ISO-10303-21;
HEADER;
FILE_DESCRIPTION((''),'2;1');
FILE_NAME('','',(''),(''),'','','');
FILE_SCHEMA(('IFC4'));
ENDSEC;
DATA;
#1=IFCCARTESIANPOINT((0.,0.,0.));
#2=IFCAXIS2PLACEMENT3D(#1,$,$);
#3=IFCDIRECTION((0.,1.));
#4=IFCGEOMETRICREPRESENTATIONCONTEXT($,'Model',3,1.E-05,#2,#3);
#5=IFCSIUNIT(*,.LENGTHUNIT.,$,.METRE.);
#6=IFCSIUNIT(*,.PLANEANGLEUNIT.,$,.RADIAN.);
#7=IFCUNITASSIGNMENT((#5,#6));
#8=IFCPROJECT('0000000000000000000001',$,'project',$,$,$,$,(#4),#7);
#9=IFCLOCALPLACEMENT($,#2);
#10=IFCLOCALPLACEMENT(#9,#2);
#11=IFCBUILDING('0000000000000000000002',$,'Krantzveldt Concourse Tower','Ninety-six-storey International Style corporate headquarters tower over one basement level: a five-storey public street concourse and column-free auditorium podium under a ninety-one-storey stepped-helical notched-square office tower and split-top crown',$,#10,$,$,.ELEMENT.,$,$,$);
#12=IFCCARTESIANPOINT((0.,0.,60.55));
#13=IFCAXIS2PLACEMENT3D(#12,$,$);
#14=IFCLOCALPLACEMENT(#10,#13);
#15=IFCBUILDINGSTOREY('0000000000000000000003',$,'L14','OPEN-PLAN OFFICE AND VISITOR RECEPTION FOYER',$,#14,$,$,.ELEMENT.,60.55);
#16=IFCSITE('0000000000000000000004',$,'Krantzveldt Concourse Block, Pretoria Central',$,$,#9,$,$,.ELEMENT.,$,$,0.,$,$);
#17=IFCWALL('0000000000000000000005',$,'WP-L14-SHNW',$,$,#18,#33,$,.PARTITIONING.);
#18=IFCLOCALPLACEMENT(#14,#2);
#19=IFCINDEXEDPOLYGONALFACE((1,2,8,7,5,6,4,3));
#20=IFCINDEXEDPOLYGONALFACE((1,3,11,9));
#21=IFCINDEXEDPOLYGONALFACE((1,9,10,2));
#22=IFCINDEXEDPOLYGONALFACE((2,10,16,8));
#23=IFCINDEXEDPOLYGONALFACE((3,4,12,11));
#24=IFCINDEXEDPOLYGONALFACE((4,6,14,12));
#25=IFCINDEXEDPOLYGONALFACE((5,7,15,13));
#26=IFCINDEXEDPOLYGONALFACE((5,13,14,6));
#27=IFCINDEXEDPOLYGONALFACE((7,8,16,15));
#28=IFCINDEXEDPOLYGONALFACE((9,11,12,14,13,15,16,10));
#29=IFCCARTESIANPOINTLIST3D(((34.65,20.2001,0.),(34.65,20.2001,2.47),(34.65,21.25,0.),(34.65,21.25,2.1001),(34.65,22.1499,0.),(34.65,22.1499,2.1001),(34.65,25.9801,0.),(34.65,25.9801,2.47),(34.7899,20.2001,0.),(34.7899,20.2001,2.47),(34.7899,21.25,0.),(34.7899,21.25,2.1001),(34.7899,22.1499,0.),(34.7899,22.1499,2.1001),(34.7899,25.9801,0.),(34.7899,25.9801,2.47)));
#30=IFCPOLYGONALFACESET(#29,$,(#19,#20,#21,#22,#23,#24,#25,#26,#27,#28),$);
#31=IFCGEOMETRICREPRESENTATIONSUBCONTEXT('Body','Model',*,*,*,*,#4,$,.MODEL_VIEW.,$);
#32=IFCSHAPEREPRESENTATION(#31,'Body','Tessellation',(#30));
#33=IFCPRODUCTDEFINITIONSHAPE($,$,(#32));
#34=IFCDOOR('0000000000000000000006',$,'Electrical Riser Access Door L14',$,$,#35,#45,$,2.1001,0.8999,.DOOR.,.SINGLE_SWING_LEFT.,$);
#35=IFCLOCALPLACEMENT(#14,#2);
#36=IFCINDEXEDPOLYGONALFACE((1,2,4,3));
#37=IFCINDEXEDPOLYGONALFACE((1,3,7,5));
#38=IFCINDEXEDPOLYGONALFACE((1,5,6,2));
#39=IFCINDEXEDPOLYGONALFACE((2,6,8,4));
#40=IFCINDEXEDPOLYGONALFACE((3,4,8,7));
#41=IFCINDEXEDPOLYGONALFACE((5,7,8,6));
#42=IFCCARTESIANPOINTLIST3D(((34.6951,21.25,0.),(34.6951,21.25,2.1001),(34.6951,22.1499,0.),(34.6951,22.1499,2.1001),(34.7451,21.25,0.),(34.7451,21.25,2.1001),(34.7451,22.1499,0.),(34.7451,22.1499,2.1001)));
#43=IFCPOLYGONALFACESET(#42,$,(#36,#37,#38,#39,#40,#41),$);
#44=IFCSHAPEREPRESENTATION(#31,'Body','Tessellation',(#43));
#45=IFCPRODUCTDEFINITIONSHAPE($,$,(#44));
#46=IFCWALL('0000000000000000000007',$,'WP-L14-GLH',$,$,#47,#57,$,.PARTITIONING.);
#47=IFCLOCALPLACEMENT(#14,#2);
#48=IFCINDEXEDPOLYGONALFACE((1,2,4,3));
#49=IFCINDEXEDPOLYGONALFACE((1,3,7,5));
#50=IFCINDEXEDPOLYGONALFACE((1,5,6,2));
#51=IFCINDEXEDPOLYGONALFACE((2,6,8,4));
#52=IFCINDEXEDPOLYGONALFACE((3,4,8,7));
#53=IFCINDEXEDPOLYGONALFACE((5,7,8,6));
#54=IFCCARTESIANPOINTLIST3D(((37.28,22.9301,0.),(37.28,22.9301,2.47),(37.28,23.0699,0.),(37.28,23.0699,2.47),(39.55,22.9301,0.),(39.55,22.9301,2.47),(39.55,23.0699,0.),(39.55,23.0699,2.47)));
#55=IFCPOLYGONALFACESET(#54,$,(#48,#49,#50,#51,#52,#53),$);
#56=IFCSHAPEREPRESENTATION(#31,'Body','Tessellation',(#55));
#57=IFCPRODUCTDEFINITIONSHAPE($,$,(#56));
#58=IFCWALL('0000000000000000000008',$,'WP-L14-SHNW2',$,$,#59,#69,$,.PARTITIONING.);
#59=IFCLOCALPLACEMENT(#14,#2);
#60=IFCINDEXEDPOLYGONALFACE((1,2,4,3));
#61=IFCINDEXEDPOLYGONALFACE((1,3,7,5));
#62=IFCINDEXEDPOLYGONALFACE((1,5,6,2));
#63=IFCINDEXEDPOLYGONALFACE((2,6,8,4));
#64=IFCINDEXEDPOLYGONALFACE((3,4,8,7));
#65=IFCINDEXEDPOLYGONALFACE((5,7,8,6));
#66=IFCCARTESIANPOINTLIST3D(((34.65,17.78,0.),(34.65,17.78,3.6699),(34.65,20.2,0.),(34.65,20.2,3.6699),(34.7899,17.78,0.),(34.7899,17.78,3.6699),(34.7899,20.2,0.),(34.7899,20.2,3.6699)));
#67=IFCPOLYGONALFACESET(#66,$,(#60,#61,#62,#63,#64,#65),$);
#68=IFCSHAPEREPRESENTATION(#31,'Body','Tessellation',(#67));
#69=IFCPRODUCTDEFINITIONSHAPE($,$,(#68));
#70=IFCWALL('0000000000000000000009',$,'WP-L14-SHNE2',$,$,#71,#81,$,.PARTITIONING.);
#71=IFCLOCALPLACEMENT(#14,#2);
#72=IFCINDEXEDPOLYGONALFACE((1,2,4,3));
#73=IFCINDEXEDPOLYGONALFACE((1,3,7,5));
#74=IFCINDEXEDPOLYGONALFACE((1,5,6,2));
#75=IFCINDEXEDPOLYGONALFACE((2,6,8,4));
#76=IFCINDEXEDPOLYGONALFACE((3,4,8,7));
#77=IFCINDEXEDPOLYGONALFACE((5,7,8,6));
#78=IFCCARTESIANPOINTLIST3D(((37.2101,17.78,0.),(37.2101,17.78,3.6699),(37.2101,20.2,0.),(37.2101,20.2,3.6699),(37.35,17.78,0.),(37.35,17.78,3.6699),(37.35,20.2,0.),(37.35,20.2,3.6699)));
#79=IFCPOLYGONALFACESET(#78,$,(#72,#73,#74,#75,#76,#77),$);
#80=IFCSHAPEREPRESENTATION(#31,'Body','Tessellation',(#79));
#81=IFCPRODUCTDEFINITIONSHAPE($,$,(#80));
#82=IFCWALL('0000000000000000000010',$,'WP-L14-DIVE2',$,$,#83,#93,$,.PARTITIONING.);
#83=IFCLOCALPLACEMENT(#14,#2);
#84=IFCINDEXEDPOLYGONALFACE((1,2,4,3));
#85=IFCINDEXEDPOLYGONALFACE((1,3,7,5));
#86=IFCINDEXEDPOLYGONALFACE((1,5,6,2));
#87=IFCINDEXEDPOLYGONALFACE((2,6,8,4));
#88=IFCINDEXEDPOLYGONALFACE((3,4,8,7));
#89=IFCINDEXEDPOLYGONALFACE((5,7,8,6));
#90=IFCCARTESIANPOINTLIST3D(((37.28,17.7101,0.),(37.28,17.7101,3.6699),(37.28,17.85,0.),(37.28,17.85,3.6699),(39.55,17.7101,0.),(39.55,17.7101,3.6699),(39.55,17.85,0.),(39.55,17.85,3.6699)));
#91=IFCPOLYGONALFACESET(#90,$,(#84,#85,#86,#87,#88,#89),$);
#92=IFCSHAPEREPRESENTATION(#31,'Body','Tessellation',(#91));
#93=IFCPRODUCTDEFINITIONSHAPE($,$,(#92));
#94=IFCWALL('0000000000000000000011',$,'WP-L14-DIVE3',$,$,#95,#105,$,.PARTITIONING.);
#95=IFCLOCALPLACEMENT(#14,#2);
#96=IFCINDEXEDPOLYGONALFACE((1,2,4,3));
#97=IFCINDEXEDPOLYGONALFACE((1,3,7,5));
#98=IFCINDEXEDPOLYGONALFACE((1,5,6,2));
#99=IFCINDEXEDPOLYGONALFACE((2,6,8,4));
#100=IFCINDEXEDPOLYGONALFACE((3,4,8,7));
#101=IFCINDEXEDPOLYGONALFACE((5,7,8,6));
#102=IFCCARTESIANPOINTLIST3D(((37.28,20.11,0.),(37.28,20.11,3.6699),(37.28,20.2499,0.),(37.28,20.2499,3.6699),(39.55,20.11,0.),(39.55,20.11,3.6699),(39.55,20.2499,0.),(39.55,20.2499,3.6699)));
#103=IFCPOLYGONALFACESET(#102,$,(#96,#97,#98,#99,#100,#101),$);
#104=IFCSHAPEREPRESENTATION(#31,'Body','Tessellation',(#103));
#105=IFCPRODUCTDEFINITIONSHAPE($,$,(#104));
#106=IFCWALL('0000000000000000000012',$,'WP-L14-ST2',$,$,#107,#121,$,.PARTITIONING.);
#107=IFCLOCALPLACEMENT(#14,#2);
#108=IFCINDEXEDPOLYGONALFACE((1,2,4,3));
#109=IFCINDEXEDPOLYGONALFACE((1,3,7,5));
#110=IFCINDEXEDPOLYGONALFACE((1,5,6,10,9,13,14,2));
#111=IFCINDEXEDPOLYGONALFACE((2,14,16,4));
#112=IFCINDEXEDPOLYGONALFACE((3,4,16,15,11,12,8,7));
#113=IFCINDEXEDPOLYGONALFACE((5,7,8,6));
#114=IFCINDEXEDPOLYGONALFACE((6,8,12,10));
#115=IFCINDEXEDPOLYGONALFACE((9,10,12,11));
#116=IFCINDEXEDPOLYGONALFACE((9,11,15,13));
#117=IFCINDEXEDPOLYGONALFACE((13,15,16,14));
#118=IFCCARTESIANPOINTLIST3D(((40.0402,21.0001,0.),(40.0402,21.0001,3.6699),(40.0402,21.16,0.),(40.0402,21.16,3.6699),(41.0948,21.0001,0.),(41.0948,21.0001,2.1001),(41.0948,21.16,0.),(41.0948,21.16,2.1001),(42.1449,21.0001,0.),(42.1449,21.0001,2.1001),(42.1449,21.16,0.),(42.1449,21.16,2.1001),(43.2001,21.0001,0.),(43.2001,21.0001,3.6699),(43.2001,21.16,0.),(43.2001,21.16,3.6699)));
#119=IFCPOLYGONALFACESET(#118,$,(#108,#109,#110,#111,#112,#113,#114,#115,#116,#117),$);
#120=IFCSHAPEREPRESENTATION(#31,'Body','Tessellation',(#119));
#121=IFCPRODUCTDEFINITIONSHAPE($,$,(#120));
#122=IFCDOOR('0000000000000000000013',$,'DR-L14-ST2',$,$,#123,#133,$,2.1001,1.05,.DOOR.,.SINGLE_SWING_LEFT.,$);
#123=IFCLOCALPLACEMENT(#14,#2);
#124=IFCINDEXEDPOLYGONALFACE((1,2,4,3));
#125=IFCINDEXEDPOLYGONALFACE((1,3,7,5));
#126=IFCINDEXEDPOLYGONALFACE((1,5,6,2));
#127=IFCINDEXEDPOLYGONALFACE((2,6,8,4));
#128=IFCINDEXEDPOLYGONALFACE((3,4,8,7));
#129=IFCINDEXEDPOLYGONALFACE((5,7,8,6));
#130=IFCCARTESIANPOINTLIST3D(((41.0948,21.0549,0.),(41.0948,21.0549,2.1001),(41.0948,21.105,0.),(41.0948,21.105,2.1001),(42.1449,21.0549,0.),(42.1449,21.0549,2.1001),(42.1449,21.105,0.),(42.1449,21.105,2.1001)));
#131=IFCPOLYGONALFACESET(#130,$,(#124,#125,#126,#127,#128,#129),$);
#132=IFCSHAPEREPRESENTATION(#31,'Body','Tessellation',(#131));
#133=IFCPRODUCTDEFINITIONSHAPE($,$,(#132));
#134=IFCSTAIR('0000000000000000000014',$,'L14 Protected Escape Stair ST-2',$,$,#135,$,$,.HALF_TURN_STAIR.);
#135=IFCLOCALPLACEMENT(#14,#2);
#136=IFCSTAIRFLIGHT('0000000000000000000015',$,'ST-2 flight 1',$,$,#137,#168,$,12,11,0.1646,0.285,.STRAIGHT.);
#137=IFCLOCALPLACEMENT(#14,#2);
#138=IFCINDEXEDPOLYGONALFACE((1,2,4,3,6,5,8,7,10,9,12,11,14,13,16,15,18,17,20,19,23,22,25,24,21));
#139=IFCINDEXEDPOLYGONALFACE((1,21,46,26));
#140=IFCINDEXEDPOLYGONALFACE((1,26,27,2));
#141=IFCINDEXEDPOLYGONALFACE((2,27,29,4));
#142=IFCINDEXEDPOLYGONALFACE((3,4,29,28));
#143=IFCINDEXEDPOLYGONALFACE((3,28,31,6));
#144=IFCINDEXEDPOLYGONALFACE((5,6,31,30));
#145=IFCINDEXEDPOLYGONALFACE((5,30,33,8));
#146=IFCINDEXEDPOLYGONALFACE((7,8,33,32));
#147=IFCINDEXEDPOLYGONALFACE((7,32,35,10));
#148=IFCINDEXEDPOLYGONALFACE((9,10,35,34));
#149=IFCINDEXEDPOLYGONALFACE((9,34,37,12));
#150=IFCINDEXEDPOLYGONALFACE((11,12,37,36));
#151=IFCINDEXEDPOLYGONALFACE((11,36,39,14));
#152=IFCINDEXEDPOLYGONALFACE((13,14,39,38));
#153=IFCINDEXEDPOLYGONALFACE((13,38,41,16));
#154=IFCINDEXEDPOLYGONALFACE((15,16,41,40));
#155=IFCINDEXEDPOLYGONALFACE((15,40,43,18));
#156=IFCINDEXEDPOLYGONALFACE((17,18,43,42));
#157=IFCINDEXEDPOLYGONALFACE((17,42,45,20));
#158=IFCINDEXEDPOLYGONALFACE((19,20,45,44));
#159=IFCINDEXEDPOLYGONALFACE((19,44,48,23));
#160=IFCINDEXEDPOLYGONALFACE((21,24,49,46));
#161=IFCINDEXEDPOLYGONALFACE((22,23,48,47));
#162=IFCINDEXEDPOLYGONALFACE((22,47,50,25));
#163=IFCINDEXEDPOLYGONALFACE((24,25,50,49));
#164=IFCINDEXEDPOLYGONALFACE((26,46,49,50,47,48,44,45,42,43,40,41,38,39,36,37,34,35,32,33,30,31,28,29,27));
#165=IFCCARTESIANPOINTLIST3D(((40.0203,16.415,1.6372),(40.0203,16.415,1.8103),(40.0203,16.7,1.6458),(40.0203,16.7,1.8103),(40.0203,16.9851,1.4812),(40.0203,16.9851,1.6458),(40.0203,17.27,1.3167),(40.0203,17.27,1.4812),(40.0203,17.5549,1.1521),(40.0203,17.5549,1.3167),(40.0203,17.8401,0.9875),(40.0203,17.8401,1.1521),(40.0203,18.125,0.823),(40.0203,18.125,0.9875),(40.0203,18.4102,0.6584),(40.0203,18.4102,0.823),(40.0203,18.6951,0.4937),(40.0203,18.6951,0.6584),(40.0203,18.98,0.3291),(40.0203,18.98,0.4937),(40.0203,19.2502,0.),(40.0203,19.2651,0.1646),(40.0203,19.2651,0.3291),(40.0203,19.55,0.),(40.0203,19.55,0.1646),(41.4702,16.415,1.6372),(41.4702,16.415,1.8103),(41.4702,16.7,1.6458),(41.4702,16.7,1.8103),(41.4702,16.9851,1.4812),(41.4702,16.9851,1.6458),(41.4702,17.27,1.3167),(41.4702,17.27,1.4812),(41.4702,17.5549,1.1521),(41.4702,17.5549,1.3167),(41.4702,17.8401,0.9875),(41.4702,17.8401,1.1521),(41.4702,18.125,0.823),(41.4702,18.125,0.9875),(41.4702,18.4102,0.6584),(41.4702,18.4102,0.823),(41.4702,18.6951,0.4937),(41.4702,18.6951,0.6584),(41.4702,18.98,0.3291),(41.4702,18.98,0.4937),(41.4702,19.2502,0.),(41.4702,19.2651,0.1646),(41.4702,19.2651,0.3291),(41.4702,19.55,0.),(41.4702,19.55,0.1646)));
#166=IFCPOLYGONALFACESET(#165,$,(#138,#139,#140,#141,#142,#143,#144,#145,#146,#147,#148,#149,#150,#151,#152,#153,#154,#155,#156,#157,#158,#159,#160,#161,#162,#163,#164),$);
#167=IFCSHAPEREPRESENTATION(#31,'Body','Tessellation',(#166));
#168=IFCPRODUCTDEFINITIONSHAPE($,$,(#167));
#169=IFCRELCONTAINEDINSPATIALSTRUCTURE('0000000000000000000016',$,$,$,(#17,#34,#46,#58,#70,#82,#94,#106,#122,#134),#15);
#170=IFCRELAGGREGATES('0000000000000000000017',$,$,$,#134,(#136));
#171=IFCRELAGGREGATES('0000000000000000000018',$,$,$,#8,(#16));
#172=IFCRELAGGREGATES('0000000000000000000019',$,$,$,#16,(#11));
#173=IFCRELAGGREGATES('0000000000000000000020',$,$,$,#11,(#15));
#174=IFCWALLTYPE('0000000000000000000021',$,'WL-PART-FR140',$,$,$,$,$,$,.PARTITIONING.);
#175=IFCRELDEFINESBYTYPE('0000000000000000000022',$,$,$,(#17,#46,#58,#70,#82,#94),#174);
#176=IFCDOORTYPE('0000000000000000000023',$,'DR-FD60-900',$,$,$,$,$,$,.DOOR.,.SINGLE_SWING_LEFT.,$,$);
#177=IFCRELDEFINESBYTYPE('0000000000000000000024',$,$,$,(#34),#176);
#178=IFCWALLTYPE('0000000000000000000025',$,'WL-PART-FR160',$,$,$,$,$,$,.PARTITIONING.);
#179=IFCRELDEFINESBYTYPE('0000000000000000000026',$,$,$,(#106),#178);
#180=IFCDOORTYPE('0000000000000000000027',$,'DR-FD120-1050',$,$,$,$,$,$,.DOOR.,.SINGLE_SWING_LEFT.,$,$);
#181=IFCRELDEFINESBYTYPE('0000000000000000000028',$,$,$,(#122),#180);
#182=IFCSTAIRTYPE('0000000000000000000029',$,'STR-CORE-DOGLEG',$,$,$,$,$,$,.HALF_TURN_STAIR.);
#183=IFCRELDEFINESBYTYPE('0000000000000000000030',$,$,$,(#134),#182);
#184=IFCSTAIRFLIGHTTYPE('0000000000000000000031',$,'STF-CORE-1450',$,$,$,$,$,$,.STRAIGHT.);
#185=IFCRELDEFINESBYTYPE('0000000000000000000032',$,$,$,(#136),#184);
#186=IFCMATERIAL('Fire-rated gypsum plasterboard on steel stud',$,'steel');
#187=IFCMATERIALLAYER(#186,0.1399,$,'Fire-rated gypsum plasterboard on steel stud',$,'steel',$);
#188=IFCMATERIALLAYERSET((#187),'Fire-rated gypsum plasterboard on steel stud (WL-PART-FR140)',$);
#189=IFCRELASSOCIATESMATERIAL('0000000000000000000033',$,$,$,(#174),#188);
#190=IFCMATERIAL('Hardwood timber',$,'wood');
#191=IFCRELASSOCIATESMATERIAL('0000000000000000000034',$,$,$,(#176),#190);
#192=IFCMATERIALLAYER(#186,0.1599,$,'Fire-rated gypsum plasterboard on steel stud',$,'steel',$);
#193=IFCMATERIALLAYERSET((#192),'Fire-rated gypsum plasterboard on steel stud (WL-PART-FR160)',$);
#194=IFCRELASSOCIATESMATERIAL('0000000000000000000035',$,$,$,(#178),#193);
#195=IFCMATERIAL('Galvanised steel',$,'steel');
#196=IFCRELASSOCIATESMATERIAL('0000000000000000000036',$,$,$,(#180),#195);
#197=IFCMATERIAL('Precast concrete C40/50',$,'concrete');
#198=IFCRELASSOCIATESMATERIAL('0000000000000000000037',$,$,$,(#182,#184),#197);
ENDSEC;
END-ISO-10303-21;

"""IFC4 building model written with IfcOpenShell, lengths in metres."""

from ifc_helpers import new_model, si_unit, direction, frame, frame_2d, origin, place, context, subcontext, project, spatial, polyline, rectangle, outline, extrude, material, layer, layer_set, type_object, element, fill, aggregate, save


model = new_model("IFC4")

# Units and contexts
model_context = context("Model", 3, precision=1e-05, world=origin(), true_north=direction((0.0, 1.0)))
body_context = subcontext(model_context, "Body", "Model", "MODEL_VIEW")
ifc_project = project(units=[si_unit("LENGTHUNIT", "METRE"), si_unit("PLANEANGLEUNIT", "RADIAN")], contexts=[model_context])

# Site, building, storey
site_placement = place(None, origin())
site = spatial("IfcSite", under=ifc_project, at=site_placement, Name="Krantzveldt Concourse Block, Pretoria Central", CompositionType="ELEMENT", RefElevation=0.0)
building_placement = place(site_placement, origin())
building = spatial("IfcBuilding", under=site, at=building_placement, Name="Krantzveldt Concourse Tower", Description="Ninety-six-storey International Style corporate headquarters tower over one basement level: a five-storey public street concourse and column-free auditorium podium under a ninety-one-storey stepped-helical notched-square office tower and split-top crown", CompositionType="ELEMENT")
storey_placement = place(building_placement, frame((0.0, 0.0, 60.55)))
storey = spatial("IfcBuildingStorey", under=building, at=storey_placement, Name="L14", Description="OPEN-PLAN OFFICE AND VISITOR RECEPTION FOYER", CompositionType="ELEMENT", Elevation=60.55)

# Wall, opening, door
ifc_material_1 = material(Name="Fire-rated gypsum plasterboard on steel stud", Category="steel")
ifc_layer_1 = layer(ifc_material_1, 0.1399, Name="Fire-rated gypsum plasterboard on steel stud", Category="steel")
ifc_layer_set_1 = layer_set([ifc_layer_1], Name="Fire-rated gypsum plasterboard on steel stud (WL-PART-FR140)")
wall_type_1 = type_object("IfcWallType", Name="WL-PART-FR140", PredefinedType="PARTITIONING", material=ifc_layer_set_1)
wall_1_placement = place(storey_placement, frame((34.72, 20.2, 0.0), z_axis=(0.0, 0.0, 1.0), x_axis=(0.0, 1.0, 0.0)))
wall_1 = element("IfcWall", 1, at=wall_1_placement, inside=storey, type_object=wall_type_1, Name="WP-L14-SHNW", PredefinedType="PARTITIONING", context=body_context, shape_type="SweptSolid", body=[
    extrude(rectangle(XDim=5.78, YDim=0.1399, at=frame_2d((2.8901, 0.0))), origin(), (0.0, 0.0, 1.0), 2.47),
])
opening_1_placement = place(wall_1_placement, frame((1.05, 0.0, 0.0)))
opening_1 = element("IfcOpeningElement", 2, at=opening_1_placement, cuts=wall_1, PredefinedType="OPENING", context=body_context, shape_type="SweptSolid", body=[
    extrude(rectangle(XDim=0.8999, YDim=2.1001, at=frame_2d((0.45, 1.05))), frame((0.0, 0.0801, 0.0), z_axis=(0.0, -1.0, 0.0), x_axis=(1.0, 0.0, 0.0)), (0.0, 0.0, 1.0), 0.1599),
])
ifc_material_2 = material(Name="Hardwood timber", Category="wood")
door_type_1 = type_object("IfcDoorType", Name="DR-FD60-900", OperationType="SINGLE_SWING_LEFT", PredefinedType="DOOR", material=ifc_material_2)
door_1_placement = place(opening_1_placement, origin())
door_1 = element("IfcDoor", 3, at=door_1_placement, inside=storey, type_object=door_type_1, Name="Electrical Riser Access Door L14", OperationType="SINGLE_SWING_LEFT", OverallHeight=2.1001, OverallWidth=0.8999, PredefinedType="DOOR", context=body_context, shape_type="SweptSolid", body=[
    extrude(rectangle(XDim=0.8999, YDim=2.1001, at=frame_2d((0.45, 1.05))), frame((0.0, 0.0249, 0.0), z_axis=(0.0, -1.0, 0.0), x_axis=(1.0, 0.0, 0.0)), (0.0, 0.0, 1.0), 0.05),
])
fill(opening_1, door_1)

# Walls
wall_2_placement = place(storey_placement, frame((37.28, 23.0, 0.0), z_axis=(0.0, 0.0, 1.0), x_axis=(1.0, 0.0, 0.0)))
element("IfcWall", 4, at=wall_2_placement, inside=storey, type_object=wall_type_1, Name="WP-L14-GLH", PredefinedType="PARTITIONING", context=body_context, shape_type="SweptSolid", body=[
    extrude(rectangle(XDim=2.27, YDim=0.1399, at=frame_2d((1.135, 0.0))), origin(), (0.0, 0.0, 1.0), 2.47),
])
for number, where, z_axis, x_axis, name in (
    (5, (34.72, 17.78, 0.0), (0.0, 0.0, 1.0), (0.0, 1.0, 0.0), "WP-L14-SHNW2"),
    (6, (37.28, 17.78, 0.0), (0.0, 0.0, 1.0), (0.0, 1.0, 0.0), "WP-L14-SHNE2"),
):
    element("IfcWall", number, at=place(storey_placement, frame(where, z_axis=z_axis, x_axis=x_axis)), inside=storey, type_object=wall_type_1, Name=name, PredefinedType="PARTITIONING", context=body_context, shape_type="SweptSolid", body=[
        extrude(rectangle(XDim=2.4199, YDim=0.1399, at=frame_2d((1.21, 0.0))), origin(), (0.0, 0.0, 1.0), 3.6699),
    ])
for number, where, z_axis, x_axis, name in (
    (7, (37.28, 17.78, 0.0), (0.0, 0.0, 1.0), (1.0, 0.0, 0.0), "WP-L14-DIVE2"),
    (8, (37.28, 20.1799, 0.0), (0.0, 0.0, 1.0), (1.0, 0.0, 0.0), "WP-L14-DIVE3"),
):
    element("IfcWall", number, at=place(storey_placement, frame(where, z_axis=z_axis, x_axis=x_axis)), inside=storey, type_object=wall_type_1, Name=name, PredefinedType="PARTITIONING", context=body_context, shape_type="SweptSolid", body=[
        extrude(rectangle(XDim=2.27, YDim=0.1399, at=frame_2d((1.135, 0.0))), origin(), (0.0, 0.0, 1.0), 3.6699),
    ])

# Wall, opening, door
ifc_layer_2 = layer(ifc_material_1, 0.1599, Name="Fire-rated gypsum plasterboard on steel stud", Category="steel")
ifc_layer_set_2 = layer_set([ifc_layer_2], Name="Fire-rated gypsum plasterboard on steel stud (WL-PART-FR160)")
wall_type_2 = type_object("IfcWallType", Name="WL-PART-FR160", PredefinedType="PARTITIONING", material=ifc_layer_set_2)
wall_3_placement = place(storey_placement, frame((40.04, 21.0801, 0.0), z_axis=(0.0, 0.0, 1.0), x_axis=(1.0, 0.0, 0.0)))
wall_3 = element("IfcWall", 9, at=wall_3_placement, inside=storey, type_object=wall_type_2, Name="WP-L14-ST2", PredefinedType="PARTITIONING", context=body_context, shape_type="SweptSolid", body=[
    extrude(rectangle(XDim=3.1599, YDim=0.1599, at=frame_2d((1.5801, 0.0))), origin(), (0.0, 0.0, 1.0), 3.6699),
])
opening_2_placement = place(wall_3_placement, frame((1.0549, 0.0, 0.0)))
opening_2 = element("IfcOpeningElement", 10, at=opening_2_placement, cuts=wall_3, PredefinedType="OPENING", context=body_context, shape_type="SweptSolid", body=[
    extrude(rectangle(XDim=1.05, YDim=2.1001, at=frame_2d((0.5249, 1.05))), frame((0.0, 0.0898, 0.0), z_axis=(0.0, -1.0, 0.0), x_axis=(1.0, 0.0, 0.0)), (0.0, 0.0, 1.0), 0.1799),
])
ifc_material_3 = material(Name="Galvanised steel", Category="steel")
door_type_2 = type_object("IfcDoorType", Name="DR-FD120-1050", OperationType="SINGLE_SWING_LEFT", PredefinedType="DOOR", material=ifc_material_3)
door_2_placement = place(opening_2_placement, origin())
door_2 = element("IfcDoor", 11, at=door_2_placement, inside=storey, type_object=door_type_2, Name="DR-L14-ST2", OperationType="SINGLE_SWING_LEFT", OverallHeight=2.1001, OverallWidth=1.05, PredefinedType="DOOR", context=body_context, shape_type="SweptSolid", body=[
    extrude(rectangle(XDim=1.05, YDim=2.1001, at=frame_2d((0.5249, 1.05))), frame((0.0, 0.0249, 0.0), z_axis=(0.0, -1.0, 0.0), x_axis=(1.0, 0.0, 0.0)), (0.0, 0.0, 1.0), 0.05),
])
fill(opening_2, door_2)

# Stair, stair flight
ifc_material_4 = material(Name="Precast concrete C40/50", Category="concrete")
stair_type = type_object("IfcStairType", Name="STR-CORE-DOGLEG", PredefinedType="HALF_TURN_STAIR", material=ifc_material_4)
stair_placement = place(storey_placement, origin())
stair = element("IfcStair", 12, at=stair_placement, inside=storey, type_object=stair_type, Name="L14 Protected Escape Stair ST-2", PredefinedType="HALF_TURN_STAIR")
stair_flight_type = type_object("IfcStairFlightType", Name="STF-CORE-1450", PredefinedType="STRAIGHT", material=ifc_material_4)
stair_flight_1_placement = place(storey_placement, frame((40.7451, 19.55, 0.0), z_axis=(0.0, 0.0, 1.0), x_axis=(0.0, -1.0, 0.0)))
stair_flight_1 = element("IfcStairFlight", 13, at=stair_flight_1_placement, type_object=stair_flight_type, Name="ST-2 flight 1", NumberOfRisers=12, NumberOfTreads=11, PredefinedType="STRAIGHT", RiserHeight=0.1646, TreadLength=0.285, context=body_context, shape_type="SweptSolid", body=[
    extrude(outline(polyline([(0.0, 0.0), (0.0, 0.1646), (0.2849, 0.1646), (0.2849, 0.3291), (0.5701, 0.3291), (0.5701, 0.4937), (0.855, 0.4937), (0.855, 0.6584), (1.1399, 0.6584), (1.1399, 0.823), (1.425, 0.823), (1.425, 0.9875), (1.71, 0.9875), (1.71, 1.1521), (1.9951, 1.1521), (1.9951, 1.3167), (2.28, 1.3167), (2.28, 1.4812), (2.5649, 1.4812), (2.5649, 1.6458), (2.8501, 1.6458), (2.8501, 1.8103), (3.135, 1.8103), (3.135, 1.9751), (3.135, 1.6372), (0.2998, 0.0), (0.0, 0.0)])), frame((0.0, 0.7251, 0.0), z_axis=(0.0, -1.0, 0.0), x_axis=(1.0, 0.0, 0.0)), (0.0, 0.0, 1.0), 1.45),
])
aggregate(stair, [stair_flight_1])

save(model, "model.ifc")
